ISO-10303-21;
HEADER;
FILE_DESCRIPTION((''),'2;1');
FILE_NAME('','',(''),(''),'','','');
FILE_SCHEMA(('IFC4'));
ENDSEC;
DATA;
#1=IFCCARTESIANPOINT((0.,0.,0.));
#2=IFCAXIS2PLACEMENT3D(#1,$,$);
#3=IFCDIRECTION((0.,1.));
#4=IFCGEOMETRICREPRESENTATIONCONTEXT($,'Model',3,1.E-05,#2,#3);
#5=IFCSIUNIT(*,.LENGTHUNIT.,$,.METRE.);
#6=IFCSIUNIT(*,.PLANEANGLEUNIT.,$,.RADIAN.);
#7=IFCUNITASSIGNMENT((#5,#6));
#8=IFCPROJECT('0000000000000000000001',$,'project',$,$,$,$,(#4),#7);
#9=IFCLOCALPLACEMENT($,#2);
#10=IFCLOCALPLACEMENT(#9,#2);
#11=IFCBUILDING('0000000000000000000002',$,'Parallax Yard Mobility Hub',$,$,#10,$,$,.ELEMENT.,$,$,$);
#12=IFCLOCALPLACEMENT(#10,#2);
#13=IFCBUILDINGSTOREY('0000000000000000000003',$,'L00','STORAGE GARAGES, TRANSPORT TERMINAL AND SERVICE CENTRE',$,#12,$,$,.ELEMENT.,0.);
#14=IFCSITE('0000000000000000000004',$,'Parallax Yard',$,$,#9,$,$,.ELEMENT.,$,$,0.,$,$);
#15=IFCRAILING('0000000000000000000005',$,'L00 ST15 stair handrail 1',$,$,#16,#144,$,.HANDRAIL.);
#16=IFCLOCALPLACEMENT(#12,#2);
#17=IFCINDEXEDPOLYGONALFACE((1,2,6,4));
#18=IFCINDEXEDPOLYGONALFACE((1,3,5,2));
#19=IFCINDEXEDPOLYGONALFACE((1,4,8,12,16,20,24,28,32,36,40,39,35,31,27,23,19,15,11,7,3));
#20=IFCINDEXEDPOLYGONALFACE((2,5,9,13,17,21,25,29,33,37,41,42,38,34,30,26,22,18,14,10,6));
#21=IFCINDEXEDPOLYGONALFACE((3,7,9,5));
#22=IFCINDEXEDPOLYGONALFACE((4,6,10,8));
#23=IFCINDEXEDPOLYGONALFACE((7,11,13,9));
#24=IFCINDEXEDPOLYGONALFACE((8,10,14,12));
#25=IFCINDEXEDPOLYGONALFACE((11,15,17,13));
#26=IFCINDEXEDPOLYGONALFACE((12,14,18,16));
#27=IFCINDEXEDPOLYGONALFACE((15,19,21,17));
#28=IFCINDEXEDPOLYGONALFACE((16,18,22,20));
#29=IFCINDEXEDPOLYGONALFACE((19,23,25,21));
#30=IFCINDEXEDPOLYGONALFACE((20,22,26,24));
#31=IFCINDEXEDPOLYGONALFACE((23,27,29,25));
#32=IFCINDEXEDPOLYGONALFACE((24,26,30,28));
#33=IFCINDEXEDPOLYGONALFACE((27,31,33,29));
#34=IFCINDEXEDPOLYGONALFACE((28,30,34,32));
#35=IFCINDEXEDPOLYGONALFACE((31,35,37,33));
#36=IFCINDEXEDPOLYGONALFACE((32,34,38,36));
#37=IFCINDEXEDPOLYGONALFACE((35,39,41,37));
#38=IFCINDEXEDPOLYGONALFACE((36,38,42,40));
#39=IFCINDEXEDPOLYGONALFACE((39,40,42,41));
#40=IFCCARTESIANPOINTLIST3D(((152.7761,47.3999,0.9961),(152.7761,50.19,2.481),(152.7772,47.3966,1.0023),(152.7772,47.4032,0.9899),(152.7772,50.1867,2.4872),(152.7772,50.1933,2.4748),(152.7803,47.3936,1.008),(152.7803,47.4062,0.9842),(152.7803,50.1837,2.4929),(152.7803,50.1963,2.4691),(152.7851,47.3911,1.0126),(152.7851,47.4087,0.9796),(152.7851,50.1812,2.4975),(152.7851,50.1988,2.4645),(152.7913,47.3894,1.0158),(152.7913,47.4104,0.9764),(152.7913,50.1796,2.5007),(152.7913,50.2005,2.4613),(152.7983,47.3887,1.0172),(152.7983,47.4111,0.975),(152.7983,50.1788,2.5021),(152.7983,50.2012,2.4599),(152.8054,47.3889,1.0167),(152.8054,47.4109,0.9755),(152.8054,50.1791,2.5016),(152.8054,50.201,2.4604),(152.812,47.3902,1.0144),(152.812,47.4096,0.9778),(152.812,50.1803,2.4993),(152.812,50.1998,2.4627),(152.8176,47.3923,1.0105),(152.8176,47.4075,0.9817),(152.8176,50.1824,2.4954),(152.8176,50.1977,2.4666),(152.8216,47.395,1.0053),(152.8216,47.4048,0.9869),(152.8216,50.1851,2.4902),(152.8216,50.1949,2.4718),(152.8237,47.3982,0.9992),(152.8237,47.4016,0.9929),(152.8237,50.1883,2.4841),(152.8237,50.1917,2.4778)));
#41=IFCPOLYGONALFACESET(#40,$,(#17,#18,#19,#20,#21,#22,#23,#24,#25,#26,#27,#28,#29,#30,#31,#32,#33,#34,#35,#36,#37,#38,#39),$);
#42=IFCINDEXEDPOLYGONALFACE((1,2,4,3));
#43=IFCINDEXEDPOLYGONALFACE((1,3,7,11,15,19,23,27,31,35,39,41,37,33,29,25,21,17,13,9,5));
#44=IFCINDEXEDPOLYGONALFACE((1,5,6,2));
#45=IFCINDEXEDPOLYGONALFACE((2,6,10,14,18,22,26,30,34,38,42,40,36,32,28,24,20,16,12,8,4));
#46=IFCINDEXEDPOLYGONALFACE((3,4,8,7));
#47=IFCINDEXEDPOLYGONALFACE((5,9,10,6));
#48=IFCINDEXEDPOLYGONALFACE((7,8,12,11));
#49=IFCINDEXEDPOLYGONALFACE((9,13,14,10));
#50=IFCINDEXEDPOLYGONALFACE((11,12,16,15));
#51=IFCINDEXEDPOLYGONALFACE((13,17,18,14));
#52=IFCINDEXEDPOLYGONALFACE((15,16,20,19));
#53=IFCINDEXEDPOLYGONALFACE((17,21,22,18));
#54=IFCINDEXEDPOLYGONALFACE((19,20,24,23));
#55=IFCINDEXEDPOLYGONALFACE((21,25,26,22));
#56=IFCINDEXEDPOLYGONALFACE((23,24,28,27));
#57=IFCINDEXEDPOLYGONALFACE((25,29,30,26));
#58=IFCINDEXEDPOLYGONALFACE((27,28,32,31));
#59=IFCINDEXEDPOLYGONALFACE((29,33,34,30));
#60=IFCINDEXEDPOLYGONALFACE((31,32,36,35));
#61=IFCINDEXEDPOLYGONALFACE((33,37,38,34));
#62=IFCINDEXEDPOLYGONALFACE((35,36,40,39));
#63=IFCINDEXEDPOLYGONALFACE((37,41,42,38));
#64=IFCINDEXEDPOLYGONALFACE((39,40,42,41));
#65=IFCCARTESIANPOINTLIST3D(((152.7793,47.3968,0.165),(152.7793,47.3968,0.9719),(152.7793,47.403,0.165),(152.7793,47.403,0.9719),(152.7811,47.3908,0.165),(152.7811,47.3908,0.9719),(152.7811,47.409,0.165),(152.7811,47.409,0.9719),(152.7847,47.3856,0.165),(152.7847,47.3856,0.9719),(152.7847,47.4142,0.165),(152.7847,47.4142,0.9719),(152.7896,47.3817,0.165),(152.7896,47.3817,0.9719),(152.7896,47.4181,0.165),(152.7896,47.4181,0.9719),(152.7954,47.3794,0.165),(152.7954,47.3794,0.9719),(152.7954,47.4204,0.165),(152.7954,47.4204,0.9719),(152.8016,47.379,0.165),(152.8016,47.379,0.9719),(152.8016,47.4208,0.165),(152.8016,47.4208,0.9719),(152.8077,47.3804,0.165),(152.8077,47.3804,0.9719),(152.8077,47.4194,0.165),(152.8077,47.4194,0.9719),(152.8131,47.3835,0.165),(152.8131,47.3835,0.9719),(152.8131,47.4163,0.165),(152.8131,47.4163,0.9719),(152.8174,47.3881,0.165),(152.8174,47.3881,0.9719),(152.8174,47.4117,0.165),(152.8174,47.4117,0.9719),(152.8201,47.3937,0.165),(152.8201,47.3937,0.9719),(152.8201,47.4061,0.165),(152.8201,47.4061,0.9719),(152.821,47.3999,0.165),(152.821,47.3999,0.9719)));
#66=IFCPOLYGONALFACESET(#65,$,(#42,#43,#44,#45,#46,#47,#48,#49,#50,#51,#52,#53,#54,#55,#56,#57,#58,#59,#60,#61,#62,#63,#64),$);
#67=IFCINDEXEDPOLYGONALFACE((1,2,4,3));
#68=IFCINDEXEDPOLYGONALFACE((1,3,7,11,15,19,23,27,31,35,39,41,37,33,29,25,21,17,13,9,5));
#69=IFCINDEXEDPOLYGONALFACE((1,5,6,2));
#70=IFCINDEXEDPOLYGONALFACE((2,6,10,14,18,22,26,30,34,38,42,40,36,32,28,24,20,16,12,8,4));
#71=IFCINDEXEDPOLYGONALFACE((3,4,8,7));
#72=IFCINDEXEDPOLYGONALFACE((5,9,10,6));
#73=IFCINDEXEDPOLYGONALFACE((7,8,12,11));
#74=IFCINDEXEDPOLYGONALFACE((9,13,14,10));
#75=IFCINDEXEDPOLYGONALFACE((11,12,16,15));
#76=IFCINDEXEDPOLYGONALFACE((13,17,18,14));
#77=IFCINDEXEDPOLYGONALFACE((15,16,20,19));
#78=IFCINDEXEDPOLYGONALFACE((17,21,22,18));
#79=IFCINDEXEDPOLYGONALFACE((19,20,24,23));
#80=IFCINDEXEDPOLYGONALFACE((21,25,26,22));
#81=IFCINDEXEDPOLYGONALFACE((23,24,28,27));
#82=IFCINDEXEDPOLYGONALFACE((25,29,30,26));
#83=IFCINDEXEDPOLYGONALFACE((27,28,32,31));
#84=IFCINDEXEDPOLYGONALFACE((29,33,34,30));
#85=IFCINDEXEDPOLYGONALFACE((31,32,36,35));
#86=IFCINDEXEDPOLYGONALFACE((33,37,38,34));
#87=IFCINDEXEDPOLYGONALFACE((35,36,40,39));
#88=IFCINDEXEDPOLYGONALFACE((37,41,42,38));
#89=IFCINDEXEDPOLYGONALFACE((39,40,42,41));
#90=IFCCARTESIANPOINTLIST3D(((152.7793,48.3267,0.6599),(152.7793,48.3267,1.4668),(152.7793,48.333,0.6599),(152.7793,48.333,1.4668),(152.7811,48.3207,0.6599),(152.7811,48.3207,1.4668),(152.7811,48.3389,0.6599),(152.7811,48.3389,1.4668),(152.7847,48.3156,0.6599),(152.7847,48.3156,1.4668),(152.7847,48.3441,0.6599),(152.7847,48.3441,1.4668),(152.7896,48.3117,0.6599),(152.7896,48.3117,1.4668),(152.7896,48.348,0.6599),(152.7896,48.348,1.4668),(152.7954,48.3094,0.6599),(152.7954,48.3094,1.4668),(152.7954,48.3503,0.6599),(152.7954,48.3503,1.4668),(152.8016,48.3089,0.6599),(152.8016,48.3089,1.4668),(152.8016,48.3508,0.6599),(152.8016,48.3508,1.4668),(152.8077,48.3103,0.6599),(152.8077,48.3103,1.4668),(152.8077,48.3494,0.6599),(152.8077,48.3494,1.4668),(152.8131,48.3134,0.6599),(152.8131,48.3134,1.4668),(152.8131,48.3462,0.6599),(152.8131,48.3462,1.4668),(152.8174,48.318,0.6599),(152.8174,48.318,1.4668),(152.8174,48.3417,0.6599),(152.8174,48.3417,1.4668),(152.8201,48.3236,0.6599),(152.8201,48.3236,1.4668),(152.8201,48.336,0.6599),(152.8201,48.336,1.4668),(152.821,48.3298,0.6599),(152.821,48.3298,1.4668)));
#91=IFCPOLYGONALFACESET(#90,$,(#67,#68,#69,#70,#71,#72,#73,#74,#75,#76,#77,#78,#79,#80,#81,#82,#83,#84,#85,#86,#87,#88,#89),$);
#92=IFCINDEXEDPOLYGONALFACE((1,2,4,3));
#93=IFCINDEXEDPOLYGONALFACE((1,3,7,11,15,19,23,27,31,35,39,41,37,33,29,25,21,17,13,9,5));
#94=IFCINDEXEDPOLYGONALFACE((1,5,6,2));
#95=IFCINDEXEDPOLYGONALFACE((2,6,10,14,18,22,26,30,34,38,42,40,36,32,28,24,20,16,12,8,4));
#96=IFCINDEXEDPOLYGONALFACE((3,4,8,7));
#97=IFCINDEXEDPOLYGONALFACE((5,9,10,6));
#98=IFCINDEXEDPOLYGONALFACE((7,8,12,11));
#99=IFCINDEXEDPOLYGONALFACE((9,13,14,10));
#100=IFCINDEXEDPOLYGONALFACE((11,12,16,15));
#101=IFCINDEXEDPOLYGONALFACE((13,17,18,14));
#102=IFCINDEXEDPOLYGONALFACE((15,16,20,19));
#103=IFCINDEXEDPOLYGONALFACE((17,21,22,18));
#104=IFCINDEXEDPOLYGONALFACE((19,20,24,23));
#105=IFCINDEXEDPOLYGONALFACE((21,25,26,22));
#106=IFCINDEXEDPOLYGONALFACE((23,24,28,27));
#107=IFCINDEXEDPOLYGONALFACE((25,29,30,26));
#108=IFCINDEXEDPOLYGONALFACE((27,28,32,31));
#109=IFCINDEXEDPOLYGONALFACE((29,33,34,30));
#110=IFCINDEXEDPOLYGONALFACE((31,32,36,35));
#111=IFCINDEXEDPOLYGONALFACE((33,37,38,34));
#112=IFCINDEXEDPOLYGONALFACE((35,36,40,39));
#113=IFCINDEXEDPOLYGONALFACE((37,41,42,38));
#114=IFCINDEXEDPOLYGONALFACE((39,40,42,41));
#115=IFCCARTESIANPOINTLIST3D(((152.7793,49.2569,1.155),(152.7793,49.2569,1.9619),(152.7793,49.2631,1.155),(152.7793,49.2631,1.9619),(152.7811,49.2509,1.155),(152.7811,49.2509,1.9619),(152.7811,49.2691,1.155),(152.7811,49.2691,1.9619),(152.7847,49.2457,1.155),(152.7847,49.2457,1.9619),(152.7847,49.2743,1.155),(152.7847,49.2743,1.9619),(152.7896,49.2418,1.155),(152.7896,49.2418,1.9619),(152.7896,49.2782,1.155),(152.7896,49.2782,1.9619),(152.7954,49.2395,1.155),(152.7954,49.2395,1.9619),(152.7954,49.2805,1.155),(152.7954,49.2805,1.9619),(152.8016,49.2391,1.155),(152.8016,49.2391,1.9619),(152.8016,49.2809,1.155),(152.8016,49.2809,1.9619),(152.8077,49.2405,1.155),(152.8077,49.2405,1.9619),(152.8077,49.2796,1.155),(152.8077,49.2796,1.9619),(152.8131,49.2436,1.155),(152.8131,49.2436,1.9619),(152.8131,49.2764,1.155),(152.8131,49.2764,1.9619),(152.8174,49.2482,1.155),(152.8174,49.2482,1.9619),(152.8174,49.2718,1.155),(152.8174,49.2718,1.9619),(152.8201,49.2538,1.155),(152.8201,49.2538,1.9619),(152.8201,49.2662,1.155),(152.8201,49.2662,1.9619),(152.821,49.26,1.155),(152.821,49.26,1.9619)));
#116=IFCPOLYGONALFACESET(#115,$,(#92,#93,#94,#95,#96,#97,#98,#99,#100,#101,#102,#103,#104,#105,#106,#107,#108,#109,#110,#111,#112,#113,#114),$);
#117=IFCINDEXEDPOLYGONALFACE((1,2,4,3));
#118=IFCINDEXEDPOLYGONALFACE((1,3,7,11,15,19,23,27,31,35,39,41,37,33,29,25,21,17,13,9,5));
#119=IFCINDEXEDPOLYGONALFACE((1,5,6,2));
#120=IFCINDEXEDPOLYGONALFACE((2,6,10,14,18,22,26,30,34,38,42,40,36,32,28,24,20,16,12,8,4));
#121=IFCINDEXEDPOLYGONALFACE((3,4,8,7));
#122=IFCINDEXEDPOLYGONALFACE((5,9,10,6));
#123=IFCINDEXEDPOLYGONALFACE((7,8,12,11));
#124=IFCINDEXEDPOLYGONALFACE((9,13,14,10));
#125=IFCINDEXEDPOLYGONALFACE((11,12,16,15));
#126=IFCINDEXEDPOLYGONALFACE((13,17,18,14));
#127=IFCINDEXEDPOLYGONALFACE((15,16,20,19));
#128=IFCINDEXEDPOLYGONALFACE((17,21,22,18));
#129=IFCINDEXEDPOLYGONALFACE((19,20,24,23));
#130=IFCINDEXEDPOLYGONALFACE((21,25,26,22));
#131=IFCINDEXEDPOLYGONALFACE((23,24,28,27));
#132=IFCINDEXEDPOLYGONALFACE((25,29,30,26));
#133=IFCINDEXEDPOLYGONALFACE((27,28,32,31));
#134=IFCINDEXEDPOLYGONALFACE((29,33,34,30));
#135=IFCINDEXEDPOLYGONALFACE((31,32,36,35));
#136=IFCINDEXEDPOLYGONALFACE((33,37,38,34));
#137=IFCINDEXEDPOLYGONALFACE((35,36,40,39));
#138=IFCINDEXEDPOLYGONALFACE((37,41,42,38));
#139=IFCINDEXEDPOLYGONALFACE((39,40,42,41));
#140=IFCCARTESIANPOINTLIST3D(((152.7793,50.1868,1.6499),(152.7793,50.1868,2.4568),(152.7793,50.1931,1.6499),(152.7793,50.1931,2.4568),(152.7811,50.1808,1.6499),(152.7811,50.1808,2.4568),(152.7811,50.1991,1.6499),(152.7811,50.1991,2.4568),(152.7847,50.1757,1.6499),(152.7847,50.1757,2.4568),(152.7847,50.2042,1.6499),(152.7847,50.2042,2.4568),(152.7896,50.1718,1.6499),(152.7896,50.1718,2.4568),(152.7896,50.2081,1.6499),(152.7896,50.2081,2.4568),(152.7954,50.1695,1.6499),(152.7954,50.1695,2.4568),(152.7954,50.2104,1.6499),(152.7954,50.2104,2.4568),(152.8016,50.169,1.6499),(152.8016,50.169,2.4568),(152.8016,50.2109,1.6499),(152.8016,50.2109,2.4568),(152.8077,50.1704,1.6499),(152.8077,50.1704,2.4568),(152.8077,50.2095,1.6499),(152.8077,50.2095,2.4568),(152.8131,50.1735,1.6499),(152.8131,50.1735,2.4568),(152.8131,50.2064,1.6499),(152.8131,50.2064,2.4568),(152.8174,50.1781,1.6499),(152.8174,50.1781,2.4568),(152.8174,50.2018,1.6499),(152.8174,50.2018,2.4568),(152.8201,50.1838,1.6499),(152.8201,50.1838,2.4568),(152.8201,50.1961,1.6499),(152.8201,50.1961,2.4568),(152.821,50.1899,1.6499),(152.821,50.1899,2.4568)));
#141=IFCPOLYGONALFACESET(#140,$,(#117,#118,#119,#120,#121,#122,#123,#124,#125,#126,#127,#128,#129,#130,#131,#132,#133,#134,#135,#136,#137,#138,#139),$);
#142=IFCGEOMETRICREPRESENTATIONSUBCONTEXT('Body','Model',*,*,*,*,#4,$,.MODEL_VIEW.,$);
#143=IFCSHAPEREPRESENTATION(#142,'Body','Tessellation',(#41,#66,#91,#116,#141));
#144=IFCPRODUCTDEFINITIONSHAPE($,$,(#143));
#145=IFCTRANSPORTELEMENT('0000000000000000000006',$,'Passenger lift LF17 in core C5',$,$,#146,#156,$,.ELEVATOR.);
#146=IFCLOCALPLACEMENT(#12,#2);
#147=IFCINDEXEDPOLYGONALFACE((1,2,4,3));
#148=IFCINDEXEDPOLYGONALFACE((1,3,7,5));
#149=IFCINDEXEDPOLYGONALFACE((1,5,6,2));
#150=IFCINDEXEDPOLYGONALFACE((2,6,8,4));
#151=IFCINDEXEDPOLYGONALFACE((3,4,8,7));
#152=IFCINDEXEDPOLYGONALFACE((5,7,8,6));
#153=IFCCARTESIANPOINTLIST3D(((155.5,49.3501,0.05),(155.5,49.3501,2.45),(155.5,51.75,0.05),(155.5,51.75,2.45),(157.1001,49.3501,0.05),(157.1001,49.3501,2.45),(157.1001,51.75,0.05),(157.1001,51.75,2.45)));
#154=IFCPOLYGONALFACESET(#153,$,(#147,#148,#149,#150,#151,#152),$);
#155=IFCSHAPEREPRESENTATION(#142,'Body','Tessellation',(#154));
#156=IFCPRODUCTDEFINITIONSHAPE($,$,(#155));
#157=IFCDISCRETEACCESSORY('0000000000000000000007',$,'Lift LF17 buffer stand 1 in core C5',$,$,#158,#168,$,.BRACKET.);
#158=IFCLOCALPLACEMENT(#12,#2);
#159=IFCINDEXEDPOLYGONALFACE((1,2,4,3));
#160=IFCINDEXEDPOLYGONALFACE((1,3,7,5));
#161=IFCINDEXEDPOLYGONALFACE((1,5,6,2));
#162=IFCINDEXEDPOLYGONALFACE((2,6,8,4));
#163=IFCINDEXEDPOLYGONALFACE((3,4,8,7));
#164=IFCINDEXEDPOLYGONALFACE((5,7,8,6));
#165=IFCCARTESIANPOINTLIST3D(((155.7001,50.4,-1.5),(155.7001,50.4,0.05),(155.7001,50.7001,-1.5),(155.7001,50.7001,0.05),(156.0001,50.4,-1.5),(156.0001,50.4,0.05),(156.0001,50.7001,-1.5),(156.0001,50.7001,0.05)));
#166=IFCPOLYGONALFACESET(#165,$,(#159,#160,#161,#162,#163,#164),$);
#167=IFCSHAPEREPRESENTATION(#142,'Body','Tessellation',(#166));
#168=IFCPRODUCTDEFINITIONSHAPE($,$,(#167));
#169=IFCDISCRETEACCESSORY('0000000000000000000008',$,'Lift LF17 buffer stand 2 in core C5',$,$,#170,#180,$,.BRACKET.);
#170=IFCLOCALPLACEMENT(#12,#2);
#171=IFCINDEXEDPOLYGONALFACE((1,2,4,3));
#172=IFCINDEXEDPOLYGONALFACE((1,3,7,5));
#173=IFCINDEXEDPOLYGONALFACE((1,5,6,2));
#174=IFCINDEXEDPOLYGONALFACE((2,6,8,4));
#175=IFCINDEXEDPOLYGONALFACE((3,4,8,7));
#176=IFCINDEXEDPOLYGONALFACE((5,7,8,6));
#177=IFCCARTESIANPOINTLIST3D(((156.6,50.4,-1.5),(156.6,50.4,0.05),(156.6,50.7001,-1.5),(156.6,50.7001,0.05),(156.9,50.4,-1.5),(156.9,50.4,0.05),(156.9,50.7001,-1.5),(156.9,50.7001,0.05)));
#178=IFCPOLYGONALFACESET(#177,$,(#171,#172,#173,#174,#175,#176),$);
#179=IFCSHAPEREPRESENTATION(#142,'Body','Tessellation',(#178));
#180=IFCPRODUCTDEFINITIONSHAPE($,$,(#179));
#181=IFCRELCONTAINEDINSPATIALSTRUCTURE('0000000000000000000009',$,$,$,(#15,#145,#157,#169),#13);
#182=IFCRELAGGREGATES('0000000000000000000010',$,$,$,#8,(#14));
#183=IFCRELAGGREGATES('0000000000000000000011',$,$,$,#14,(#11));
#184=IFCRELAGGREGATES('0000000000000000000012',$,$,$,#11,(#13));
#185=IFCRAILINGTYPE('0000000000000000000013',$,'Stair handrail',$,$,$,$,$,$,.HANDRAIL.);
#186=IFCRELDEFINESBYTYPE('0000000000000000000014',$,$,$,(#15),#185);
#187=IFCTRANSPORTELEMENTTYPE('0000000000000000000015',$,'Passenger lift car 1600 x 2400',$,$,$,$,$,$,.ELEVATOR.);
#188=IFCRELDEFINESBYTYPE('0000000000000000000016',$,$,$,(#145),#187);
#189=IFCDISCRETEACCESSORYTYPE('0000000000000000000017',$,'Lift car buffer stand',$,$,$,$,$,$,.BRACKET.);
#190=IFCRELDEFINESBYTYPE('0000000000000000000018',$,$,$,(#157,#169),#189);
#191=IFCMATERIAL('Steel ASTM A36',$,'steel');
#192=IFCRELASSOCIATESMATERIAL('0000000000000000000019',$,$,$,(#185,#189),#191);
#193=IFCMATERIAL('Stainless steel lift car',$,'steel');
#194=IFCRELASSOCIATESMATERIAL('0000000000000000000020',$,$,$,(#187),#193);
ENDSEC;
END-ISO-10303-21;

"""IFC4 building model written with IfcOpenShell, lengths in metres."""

from ifc_helpers import new_model, si_unit, direction, frame, origin, origin_2d, place, context, subcontext, project, spatial, rectangle, circle, extrude, material, type_object, element, save


model = new_model("IFC4")

# Units and contexts
model_context = context("Model", 3, precision=1e-05, world=origin(), true_north=direction((0.0, 1.0)))
body_context = subcontext(model_context, "Body", "Model", "MODEL_VIEW")
ifc_project = project(units=[si_unit("LENGTHUNIT", "METRE"), si_unit("PLANEANGLEUNIT", "RADIAN")], contexts=[model_context])

# Site, building, storey
site_placement = place(None, origin())
site = spatial("IfcSite", under=ifc_project, at=site_placement, Name="Parallax Yard", CompositionType="ELEMENT", RefElevation=0.0)
building_placement = place(site_placement, origin())
building = spatial("IfcBuilding", under=site, at=building_placement, Name="Parallax Yard Mobility Hub", CompositionType="ELEMENT")
storey_placement = place(building_placement, origin())
storey = spatial("IfcBuildingStorey", under=building, at=storey_placement, Name="L00", Description="STORAGE GARAGES, TRANSPORT TERMINAL AND SERVICE CENTRE", CompositionType="ELEMENT", Elevation=0.0)

# Railing
ifc_material_1 = material(Name="Steel ASTM A36", Category="steel")
railing_type_1 = type_object("IfcRailingType", Name="Stair handrail", PredefinedType="HANDRAIL", material=ifc_material_1)
railing_1_placement = place(storey_placement, frame((152.8, 47.3999, 0.165)))
element("IfcRailing", 1, at=railing_1_placement, inside=storey, type_object=railing_type_1, Name="L00 ST15 stair handrail 1", PredefinedType="HANDRAIL", context=body_context, shape_type="SweptSolid", body=[
    extrude(circle(Radius=0.0239, at=origin_2d()), frame((0.0, 0.0, 0.8311), z_axis=(0.0, 0.882767, 0.46981), x_axis=(-1.0, 0.0, 0.0)), (0.0, 0.0, 1.0), 3.1606),
    extrude(circle(Radius=0.021, at=origin_2d()), origin(), (0.0, 0.0, 1.0), 0.8069),
    extrude(circle(Radius=0.021, at=origin_2d()), frame((0.0, 0.9299, 0.4949)), (0.0, 0.0, 1.0), 0.8069),
    extrude(circle(Radius=0.021, at=origin_2d()), frame((0.0, 1.8601, 0.99)), (0.0, 0.0, 1.0), 0.8069),
    extrude(circle(Radius=0.021, at=origin_2d()), frame((0.0, 2.79, 1.4849)), (0.0, 0.0, 1.0), 0.8069),
])

# Transport element
ifc_material_2 = material(Name="Stainless steel lift car", Category="steel")
transport_element_type = type_object("IfcTransportElementType", Name="Passenger lift car 1600 x 2400", PredefinedType="ELEVATOR", material=ifc_material_2)
transport_element_placement = place(storey_placement, frame((156.3, 50.55, 0.05), z_axis=(0.0, 0.0, 1.0), x_axis=(1.0, 0.0, 0.0)))
element("IfcTransportElement", 2, at=transport_element_placement, inside=storey, type_object=transport_element_type, Name="Passenger lift LF17 in core C5", PredefinedType="ELEVATOR", context=body_context, shape_type="SweptSolid", body=[
    extrude(rectangle(XDim=1.6001, YDim=2.3999, at=origin_2d()), origin(), (0.0, 0.0, 1.0), 2.3999),
])

# Discrete accessories
discrete_accessory_type = type_object("IfcDiscreteAccessoryType", Name="Lift car buffer stand", PredefinedType="BRACKET", material=ifc_material_1)
for number, where, z_axis, x_axis, name in (
    (3, (155.8501, 50.55, -1.5), (0.0, 0.0, 1.0), (1.0, 0.0, 0.0), "Lift LF17 buffer stand 1 in core C5"),
    (4, (156.75, 50.55, -1.5), (0.0, 0.0, 1.0), (1.0, 0.0, 0.0), "Lift LF17 buffer stand 2 in core C5"),
):
    element("IfcDiscreteAccessory", number, at=place(storey_placement, frame(where, z_axis=z_axis, x_axis=x_axis)), inside=storey, type_object=discrete_accessory_type, Name=name, PredefinedType="BRACKET", context=body_context, shape_type="SweptSolid", body=[
        extrude(rectangle(XDim=0.3, YDim=0.3, at=origin_2d()), origin(), (0.0, 0.0, 1.0), 1.55),
    ])

save(model, "model.ifc")
